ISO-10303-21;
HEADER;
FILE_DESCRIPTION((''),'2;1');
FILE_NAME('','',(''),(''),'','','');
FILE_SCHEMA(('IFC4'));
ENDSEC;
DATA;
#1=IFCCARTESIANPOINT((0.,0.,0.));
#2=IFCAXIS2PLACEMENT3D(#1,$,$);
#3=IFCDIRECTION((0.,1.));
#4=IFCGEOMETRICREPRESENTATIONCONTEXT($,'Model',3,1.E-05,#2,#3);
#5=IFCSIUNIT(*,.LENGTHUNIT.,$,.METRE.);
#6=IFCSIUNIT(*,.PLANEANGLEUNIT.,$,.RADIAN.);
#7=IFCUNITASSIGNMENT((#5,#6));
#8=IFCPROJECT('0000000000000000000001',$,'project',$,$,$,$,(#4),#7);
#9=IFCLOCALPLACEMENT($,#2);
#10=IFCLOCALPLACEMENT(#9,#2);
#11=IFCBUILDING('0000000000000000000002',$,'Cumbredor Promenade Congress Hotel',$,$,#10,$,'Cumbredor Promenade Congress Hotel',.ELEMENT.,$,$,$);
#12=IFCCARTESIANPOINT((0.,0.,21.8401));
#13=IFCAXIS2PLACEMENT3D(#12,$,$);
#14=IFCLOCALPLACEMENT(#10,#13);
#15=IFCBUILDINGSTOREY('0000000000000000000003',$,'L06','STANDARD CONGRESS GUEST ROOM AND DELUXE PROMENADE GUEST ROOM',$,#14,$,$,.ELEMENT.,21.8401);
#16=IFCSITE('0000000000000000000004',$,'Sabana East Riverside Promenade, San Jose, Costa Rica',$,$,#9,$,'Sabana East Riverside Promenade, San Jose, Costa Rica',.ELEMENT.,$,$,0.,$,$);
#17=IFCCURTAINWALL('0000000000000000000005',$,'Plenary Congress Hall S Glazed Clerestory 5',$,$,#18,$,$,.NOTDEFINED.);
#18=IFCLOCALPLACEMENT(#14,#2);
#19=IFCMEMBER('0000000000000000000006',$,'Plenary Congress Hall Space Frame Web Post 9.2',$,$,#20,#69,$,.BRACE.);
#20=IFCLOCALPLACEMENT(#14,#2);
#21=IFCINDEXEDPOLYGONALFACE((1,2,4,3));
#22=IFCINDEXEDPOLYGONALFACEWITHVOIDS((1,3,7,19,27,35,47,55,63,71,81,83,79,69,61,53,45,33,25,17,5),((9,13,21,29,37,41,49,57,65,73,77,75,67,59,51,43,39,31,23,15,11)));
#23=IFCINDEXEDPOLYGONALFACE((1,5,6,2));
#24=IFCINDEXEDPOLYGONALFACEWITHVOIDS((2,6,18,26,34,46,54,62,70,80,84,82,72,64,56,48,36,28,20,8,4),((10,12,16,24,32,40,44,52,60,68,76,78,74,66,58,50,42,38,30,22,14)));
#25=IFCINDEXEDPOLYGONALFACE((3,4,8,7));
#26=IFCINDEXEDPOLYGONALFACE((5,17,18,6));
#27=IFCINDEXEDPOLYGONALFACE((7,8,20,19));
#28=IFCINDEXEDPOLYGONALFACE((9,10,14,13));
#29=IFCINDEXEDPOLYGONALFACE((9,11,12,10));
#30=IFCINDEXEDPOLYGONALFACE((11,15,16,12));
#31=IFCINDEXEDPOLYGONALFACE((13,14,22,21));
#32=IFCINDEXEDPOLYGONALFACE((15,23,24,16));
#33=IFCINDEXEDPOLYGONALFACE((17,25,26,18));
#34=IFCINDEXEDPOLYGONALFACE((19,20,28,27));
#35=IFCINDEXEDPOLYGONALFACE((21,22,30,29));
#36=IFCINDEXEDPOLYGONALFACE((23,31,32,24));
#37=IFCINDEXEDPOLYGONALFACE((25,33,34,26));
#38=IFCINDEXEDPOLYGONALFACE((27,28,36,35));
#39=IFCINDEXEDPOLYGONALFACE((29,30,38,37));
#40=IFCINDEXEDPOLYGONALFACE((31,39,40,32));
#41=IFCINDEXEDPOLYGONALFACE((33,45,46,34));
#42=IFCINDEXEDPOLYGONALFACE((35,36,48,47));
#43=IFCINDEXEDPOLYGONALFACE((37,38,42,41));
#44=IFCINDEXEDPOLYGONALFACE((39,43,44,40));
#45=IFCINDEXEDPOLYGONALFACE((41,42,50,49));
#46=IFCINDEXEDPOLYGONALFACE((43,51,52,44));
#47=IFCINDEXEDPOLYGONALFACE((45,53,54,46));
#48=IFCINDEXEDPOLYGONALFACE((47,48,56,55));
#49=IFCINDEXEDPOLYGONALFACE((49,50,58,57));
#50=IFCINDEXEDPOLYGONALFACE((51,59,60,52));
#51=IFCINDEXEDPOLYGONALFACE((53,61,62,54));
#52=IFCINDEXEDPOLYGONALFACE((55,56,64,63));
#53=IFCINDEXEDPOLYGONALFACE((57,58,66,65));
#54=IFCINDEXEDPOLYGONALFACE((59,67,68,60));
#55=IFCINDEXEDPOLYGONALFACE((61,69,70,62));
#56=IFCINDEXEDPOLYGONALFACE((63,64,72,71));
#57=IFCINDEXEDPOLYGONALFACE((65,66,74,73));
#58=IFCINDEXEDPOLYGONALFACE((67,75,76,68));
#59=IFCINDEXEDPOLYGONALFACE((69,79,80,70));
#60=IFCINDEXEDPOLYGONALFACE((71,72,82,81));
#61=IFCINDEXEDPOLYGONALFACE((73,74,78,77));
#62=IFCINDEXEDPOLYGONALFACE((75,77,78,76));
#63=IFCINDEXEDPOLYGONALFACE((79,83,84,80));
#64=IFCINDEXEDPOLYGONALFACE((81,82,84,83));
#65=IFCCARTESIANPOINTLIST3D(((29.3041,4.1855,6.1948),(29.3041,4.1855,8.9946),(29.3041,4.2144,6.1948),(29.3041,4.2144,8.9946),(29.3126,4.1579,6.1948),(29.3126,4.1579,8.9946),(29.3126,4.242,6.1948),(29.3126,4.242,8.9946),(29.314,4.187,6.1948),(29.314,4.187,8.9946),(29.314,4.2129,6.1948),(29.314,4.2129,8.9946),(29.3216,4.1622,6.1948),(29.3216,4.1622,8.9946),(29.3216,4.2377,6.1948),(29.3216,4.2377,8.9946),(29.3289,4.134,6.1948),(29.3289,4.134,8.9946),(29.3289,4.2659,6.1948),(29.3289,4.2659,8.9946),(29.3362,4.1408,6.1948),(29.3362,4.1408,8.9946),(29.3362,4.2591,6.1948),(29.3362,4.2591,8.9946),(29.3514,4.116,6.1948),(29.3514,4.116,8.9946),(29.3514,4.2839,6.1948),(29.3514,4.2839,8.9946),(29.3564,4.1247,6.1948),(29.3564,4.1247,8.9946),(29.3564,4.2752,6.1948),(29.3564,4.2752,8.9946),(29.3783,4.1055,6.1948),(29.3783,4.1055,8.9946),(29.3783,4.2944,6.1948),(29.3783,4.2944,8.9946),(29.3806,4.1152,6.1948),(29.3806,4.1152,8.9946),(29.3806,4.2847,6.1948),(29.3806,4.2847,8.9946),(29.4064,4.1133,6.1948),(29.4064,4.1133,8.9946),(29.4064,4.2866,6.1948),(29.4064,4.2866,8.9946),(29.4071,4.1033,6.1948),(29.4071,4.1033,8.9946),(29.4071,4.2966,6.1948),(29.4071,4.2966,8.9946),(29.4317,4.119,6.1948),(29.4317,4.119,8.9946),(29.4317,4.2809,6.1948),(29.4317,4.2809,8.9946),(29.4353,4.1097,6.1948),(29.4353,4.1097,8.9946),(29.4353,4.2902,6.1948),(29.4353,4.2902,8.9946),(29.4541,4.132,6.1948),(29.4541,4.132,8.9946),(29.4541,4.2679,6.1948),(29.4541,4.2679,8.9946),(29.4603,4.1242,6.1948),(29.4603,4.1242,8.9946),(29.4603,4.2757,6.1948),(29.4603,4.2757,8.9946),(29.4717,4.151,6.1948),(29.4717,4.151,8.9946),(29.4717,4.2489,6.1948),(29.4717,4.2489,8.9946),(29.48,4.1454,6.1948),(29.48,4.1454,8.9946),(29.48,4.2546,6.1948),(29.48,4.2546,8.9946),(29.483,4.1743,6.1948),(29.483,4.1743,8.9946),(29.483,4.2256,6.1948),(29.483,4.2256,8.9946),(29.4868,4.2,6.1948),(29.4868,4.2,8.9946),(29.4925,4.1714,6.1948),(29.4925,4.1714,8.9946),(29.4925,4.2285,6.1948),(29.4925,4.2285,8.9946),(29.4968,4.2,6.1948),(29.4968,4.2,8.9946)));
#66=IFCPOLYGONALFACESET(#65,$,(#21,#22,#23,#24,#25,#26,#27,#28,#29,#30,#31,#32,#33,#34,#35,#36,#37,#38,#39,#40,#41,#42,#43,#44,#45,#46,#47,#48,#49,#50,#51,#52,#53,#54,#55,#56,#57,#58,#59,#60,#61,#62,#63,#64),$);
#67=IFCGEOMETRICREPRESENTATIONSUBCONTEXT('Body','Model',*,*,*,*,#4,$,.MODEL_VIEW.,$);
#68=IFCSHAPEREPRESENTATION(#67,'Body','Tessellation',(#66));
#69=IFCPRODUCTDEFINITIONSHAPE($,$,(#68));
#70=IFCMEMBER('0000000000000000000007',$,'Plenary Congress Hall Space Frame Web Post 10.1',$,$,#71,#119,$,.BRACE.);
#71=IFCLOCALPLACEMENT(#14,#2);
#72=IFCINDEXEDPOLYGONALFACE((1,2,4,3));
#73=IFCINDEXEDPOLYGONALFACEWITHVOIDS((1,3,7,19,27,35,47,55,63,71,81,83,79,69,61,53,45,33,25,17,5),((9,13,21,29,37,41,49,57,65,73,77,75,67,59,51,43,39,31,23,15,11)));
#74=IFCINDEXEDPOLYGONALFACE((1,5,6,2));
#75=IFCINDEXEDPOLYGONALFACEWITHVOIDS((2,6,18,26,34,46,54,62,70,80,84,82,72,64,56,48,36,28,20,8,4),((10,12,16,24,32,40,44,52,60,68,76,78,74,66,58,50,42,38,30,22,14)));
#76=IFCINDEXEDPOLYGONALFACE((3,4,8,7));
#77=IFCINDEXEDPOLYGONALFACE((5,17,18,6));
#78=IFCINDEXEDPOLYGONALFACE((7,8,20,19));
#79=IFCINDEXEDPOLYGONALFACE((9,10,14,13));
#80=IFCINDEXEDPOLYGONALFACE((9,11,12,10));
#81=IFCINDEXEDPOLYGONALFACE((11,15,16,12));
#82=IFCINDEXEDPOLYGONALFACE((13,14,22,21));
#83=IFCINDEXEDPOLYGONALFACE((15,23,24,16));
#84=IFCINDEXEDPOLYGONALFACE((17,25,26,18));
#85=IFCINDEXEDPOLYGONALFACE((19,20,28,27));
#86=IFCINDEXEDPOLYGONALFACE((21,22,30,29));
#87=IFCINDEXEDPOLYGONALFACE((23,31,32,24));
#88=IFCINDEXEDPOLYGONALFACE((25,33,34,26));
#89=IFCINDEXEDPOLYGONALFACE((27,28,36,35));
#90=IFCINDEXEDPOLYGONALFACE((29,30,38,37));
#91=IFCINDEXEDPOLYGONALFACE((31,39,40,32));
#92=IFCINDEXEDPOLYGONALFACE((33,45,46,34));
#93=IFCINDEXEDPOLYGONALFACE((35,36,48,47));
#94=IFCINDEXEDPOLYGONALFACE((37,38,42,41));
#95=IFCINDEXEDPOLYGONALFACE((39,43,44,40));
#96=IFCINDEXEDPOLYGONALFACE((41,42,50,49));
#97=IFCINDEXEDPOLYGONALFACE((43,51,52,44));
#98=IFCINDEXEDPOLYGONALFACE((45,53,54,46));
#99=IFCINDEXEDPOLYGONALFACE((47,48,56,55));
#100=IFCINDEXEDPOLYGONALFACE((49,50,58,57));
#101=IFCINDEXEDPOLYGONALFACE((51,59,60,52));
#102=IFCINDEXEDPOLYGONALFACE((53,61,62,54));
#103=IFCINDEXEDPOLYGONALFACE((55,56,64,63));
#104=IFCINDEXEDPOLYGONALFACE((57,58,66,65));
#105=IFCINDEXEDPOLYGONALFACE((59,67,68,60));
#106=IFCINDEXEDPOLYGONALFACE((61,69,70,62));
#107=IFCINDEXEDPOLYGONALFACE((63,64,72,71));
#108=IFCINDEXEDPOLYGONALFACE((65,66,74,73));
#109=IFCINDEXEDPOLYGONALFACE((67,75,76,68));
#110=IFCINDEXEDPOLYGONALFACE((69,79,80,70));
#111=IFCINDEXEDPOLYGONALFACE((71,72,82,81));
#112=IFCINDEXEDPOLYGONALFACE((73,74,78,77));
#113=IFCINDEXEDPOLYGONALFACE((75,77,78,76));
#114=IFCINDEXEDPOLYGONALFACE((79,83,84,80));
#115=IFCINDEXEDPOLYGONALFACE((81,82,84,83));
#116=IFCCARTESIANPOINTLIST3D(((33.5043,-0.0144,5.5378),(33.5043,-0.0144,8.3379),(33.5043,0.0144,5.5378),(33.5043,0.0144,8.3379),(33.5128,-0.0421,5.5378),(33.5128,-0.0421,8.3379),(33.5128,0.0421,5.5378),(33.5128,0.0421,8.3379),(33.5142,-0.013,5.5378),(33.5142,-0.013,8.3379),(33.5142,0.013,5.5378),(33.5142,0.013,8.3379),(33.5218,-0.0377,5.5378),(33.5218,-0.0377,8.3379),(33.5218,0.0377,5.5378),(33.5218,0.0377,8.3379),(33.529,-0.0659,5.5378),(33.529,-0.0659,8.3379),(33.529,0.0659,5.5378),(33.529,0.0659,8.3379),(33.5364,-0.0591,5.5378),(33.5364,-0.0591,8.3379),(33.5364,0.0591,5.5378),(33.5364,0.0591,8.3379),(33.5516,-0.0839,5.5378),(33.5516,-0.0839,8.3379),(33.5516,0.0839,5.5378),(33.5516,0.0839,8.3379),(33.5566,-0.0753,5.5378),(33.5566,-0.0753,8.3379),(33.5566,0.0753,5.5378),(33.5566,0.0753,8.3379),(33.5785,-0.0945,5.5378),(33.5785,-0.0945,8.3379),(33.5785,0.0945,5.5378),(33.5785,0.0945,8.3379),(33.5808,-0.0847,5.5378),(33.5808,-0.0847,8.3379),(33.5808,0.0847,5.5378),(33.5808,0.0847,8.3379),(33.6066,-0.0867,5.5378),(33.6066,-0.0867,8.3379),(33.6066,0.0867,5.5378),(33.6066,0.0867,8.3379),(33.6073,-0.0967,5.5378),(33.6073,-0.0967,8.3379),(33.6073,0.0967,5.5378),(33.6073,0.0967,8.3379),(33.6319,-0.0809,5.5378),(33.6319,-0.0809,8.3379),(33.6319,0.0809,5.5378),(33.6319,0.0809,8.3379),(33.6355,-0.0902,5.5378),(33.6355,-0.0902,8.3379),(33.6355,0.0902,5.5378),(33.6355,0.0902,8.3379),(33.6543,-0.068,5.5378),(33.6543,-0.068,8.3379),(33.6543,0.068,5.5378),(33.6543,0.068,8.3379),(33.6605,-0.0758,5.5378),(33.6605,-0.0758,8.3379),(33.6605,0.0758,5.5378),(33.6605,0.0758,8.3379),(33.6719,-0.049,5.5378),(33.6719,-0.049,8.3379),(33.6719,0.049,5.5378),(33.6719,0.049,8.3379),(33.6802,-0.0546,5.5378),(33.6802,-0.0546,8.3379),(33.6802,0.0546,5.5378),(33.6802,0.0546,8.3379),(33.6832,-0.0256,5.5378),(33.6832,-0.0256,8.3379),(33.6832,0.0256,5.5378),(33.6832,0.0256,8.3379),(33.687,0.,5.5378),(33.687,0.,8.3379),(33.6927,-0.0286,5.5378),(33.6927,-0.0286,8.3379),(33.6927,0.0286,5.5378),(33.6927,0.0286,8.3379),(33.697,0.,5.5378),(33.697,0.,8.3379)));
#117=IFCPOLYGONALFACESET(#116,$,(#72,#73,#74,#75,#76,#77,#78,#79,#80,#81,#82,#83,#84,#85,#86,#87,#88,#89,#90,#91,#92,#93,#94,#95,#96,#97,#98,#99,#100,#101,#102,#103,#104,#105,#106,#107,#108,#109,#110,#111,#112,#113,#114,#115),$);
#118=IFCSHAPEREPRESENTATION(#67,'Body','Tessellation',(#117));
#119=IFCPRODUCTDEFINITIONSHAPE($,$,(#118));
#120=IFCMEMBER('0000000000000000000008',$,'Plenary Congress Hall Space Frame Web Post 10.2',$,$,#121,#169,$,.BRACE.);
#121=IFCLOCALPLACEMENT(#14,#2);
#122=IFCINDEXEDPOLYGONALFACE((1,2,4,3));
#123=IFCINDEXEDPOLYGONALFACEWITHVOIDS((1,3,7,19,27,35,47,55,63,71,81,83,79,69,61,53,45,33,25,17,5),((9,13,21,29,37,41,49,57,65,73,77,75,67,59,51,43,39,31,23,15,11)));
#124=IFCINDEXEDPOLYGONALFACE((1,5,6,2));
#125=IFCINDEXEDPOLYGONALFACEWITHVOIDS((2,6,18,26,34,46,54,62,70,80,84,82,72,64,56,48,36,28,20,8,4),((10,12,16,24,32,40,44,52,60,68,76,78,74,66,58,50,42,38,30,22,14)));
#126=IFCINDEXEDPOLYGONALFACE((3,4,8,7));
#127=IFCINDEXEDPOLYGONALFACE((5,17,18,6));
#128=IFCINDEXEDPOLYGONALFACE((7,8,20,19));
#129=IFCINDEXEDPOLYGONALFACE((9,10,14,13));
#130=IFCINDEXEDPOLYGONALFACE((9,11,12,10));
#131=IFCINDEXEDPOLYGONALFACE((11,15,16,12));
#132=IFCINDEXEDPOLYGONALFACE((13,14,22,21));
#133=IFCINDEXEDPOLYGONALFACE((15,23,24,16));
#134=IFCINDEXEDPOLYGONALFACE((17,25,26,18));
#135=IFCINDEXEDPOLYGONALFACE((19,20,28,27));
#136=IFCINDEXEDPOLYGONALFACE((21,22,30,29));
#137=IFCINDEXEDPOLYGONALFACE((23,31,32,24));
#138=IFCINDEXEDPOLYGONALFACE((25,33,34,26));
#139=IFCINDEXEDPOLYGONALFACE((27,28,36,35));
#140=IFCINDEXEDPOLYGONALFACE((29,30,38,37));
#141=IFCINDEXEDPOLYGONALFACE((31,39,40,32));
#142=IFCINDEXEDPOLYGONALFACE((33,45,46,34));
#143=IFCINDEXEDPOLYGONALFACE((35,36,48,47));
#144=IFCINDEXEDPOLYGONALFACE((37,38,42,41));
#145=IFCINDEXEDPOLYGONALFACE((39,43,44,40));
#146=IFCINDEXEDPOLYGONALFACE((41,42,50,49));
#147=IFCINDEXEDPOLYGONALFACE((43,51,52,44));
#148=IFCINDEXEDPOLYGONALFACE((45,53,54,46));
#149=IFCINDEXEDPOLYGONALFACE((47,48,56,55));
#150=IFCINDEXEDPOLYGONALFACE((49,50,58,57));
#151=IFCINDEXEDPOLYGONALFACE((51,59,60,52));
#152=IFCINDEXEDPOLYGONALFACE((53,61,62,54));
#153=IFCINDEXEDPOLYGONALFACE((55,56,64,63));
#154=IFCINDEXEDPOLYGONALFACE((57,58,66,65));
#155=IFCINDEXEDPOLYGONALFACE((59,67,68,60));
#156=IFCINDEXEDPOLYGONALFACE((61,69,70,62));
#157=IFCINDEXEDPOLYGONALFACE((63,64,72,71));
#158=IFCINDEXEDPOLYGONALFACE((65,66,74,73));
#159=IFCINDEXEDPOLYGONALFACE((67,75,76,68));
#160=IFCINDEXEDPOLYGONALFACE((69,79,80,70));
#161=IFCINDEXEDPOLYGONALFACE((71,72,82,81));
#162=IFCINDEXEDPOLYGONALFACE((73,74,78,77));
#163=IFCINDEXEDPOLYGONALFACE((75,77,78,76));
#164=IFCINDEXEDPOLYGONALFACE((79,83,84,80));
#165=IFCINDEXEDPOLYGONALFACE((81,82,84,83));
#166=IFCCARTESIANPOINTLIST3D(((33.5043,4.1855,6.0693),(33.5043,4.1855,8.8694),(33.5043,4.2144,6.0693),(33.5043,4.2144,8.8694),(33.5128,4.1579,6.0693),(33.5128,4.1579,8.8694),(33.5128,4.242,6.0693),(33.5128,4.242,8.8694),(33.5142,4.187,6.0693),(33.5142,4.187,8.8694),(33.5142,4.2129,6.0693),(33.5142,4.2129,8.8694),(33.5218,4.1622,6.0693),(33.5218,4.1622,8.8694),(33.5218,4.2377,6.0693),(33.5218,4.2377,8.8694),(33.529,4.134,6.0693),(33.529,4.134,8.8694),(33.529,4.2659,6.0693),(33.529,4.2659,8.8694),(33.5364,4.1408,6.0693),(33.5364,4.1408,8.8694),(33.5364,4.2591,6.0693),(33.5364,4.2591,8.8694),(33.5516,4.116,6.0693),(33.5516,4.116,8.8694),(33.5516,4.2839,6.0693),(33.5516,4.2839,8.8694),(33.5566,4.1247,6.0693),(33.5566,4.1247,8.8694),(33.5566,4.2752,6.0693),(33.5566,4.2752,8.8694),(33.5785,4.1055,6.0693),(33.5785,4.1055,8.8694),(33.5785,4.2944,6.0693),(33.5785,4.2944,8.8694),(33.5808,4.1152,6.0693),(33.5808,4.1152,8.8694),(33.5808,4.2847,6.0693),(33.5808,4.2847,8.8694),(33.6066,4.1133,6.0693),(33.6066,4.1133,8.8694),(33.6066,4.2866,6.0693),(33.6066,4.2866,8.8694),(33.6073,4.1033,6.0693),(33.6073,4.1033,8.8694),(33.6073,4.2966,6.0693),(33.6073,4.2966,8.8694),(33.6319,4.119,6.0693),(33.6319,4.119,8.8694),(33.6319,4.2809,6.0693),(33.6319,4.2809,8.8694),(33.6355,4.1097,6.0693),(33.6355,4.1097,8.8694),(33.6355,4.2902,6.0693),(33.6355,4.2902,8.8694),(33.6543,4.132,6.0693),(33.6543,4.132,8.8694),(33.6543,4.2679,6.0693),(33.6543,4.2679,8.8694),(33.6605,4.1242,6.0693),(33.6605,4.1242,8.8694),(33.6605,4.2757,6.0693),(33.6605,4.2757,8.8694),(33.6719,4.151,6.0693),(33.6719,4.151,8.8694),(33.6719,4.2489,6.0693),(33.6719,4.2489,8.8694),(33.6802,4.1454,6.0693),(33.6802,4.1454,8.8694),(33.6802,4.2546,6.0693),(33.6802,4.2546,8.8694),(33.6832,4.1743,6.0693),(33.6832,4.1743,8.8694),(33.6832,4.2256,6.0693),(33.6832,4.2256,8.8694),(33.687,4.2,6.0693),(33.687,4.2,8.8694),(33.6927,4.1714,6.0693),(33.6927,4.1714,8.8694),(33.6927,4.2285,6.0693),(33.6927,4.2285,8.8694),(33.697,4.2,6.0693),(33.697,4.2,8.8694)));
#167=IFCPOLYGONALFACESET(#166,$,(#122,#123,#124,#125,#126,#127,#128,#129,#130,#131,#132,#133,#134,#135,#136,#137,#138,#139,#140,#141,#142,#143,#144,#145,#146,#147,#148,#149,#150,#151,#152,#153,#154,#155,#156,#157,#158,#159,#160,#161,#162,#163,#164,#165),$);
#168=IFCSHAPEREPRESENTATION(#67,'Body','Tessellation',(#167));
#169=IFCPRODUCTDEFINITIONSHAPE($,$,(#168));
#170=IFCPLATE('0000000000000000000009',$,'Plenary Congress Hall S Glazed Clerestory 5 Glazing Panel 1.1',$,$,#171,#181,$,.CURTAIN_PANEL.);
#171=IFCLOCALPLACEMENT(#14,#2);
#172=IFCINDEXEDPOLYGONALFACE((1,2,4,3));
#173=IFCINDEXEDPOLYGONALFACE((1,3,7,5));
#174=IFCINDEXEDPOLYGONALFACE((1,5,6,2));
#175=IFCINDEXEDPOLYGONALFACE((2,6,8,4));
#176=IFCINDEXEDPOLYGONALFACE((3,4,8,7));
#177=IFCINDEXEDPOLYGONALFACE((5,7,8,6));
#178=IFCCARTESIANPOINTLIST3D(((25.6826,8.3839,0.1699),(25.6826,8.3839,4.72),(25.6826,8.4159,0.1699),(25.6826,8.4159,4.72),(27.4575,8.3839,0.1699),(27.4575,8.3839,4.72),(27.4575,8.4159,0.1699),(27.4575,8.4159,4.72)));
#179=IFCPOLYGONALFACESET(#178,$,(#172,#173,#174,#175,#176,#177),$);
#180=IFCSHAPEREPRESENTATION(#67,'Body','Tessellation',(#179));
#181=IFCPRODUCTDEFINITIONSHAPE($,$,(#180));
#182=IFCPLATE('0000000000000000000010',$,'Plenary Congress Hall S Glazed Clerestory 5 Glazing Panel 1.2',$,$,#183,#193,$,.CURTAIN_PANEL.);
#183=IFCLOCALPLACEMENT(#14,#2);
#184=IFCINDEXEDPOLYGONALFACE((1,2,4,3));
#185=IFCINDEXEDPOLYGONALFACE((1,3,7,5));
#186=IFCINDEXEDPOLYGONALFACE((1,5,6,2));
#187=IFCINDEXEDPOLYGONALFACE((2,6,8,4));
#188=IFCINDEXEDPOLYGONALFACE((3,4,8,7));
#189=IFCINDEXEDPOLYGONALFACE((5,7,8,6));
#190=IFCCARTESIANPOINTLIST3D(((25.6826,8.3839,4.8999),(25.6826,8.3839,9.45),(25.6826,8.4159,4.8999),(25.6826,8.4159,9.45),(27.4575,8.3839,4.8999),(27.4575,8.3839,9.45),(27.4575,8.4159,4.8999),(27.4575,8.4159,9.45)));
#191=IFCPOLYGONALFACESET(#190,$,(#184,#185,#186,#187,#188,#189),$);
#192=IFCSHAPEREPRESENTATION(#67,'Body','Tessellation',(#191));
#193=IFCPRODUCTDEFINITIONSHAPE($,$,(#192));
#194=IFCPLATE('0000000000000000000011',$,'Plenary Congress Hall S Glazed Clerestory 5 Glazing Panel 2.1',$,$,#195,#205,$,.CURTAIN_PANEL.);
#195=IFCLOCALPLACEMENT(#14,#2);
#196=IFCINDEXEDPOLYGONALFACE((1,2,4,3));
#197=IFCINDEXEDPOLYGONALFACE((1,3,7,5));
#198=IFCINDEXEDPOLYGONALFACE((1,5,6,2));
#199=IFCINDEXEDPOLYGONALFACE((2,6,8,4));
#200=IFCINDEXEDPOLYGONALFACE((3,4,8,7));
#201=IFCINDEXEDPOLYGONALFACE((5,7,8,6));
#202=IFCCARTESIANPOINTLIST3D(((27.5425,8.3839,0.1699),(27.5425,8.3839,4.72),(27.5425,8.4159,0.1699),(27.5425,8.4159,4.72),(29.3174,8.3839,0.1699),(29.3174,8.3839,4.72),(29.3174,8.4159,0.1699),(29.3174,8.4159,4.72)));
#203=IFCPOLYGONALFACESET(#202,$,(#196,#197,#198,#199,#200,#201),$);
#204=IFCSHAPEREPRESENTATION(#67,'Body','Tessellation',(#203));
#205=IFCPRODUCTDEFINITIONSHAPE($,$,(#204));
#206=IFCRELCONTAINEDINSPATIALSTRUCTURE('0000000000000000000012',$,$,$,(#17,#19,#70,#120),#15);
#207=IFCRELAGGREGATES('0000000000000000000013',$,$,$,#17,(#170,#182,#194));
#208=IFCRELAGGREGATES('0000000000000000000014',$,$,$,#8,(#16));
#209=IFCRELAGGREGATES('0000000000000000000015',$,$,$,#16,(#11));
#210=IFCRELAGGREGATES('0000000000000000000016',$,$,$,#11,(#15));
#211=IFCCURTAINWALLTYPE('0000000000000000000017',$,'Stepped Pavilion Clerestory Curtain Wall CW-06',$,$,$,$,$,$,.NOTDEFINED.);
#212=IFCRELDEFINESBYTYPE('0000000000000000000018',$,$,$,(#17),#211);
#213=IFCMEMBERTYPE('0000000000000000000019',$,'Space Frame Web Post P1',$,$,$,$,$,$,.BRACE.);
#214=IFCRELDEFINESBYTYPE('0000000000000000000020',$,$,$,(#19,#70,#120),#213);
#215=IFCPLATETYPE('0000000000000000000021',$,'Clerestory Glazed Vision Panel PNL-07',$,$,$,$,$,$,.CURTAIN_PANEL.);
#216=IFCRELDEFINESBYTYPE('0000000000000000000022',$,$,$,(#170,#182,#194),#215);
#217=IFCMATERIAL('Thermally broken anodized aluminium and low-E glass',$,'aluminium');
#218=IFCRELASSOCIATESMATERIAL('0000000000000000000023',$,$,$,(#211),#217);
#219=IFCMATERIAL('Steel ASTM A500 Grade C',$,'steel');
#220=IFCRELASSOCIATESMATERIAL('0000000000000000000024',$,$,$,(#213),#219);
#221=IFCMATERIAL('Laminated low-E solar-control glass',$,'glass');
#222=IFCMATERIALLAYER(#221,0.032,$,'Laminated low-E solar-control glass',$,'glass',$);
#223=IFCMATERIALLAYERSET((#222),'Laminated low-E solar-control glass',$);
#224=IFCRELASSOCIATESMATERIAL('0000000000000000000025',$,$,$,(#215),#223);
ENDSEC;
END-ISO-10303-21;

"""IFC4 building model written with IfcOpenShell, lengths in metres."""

from ifc_helpers import new_model, si_unit, direction, frame, origin, origin_2d, place, context, subcontext, project, spatial, rectangle, hollow_circle, extrude, material, layer, layer_set, material_profile, profile_set, type_object, element, aggregate, save


model = new_model("IFC4")

# Units and contexts
model_context = context("Model", 3, precision=1e-05, world=origin(), true_north=direction((0.0, 1.0)))
body_context = subcontext(model_context, "Body", "Model", "MODEL_VIEW")
ifc_project = project(units=[si_unit("LENGTHUNIT", "METRE"), si_unit("PLANEANGLEUNIT", "RADIAN")], contexts=[model_context])

# Site, building, storey
site_placement = place(None, origin())
site = spatial("IfcSite", under=ifc_project, at=site_placement, Name="Sabana East Riverside Promenade, San Jose, Costa Rica", LongName="Sabana East Riverside Promenade, San Jose, Costa Rica", CompositionType="ELEMENT", RefElevation=0.0)
building_placement = place(site_placement, origin())
building = spatial("IfcBuilding", under=site, at=building_placement, Name="Cumbredor Promenade Congress Hotel", LongName="Cumbredor Promenade Congress Hotel", CompositionType="ELEMENT")
storey_placement = place(building_placement, frame((0.0, 0.0, 21.8401)))
storey = spatial("IfcBuildingStorey", under=building, at=storey_placement, Name="L06", Description="STANDARD CONGRESS GUEST ROOM AND DELUXE PROMENADE GUEST ROOM", CompositionType="ELEMENT", Elevation=21.8401)

# Curtain wall
ifc_material_1 = material(Name="Thermally broken anodized aluminium and low-E glass", Category="aluminium")
curtain_wall_type = type_object("IfcCurtainWallType", Name="Stepped Pavilion Clerestory Curtain Wall CW-06", PredefinedType="NOTDEFINED", material=ifc_material_1)
curtain_wall_placement = place(storey_placement, origin())
curtain_wall = element("IfcCurtainWall", 1, at=curtain_wall_placement, inside=storey, type_object=curtain_wall_type, Name="Plenary Congress Hall S Glazed Clerestory 5", PredefinedType="NOTDEFINED")

# Members
ifc_material_2 = material(Name="Steel ASTM A500 Grade C", Category="steel")
ifc_material_profile_1 = material_profile(ifc_material_2, hollow_circle(Radius=0.0969, WallThickness=0.01, at=origin_2d()), Name="CHS 193.7x10")
ifc_profile_set_1 = profile_set([ifc_material_profile_1], Name="Steel ASTM A500 Grade C")
member_type_1 = type_object("IfcMemberType", Name="Space Frame Web Post P1", PredefinedType="BRACE", material=ifc_profile_set_1)
member_1_placement = place(storey_placement, frame((29.3999, 4.2, 6.1948), z_axis=(0.0, 0.0, 1.0), x_axis=(1.0, 0.0, 0.0)))
element("IfcMember", 2, at=member_1_placement, inside=storey, type_object=member_type_1, Name="Plenary Congress Hall Space Frame Web Post 9.2", PredefinedType="BRACE", context=body_context, shape_type="SweptSolid", body=[
    extrude(hollow_circle(Radius=0.0969, WallThickness=0.01, at=origin_2d()), origin(), (0.0, 0.0, 1.0), 2.7998),
])
for number, where, z_axis, x_axis, name in (
    (3, (33.6001, 0.0, 5.5378), (0.0, 0.0, 1.0), (1.0, 0.0, 0.0), "Plenary Congress Hall Space Frame Web Post 10.1"),
    (4, (33.6001, 4.2, 6.0693), (0.0, 0.0, 1.0), (1.0, 0.0, 0.0), "Plenary Congress Hall Space Frame Web Post 10.2"),
):
    element("IfcMember", number, at=place(storey_placement, frame(where, z_axis=z_axis, x_axis=x_axis)), inside=storey, type_object=member_type_1, Name=name, PredefinedType="BRACE", context=body_context, shape_type="SweptSolid", body=[
        extrude(hollow_circle(Radius=0.0969, WallThickness=0.01, at=origin_2d()), origin(), (0.0, 0.0, 1.0), 2.8),
    ])

# Plates
ifc_material_3 = material(Name="Laminated low-E solar-control glass", Category="glass")
ifc_layer_1 = layer(ifc_material_3, 0.032, Name="Laminated low-E solar-control glass", Category="glass")
ifc_layer_set_1 = layer_set([ifc_layer_1], Name="Laminated low-E solar-control glass")
plate_type_1 = type_object("IfcPlateType", Name="Clerestory Glazed Vision Panel PNL-07", PredefinedType="CURTAIN_PANEL", material=ifc_layer_set_1)
plate_1_placement = place(storey_placement, frame((26.5701, 8.3999, 0.1699), z_axis=(0.0, 0.0, 1.0), x_axis=(1.0, 0.0, 0.0)))
plate_1 = element("IfcPlate", 5, at=plate_1_placement, type_object=plate_type_1, Name="Plenary Congress Hall S Glazed Clerestory 5 Glazing Panel 1.1", PredefinedType="CURTAIN_PANEL", context=body_context, shape_type="SweptSolid", body=[
    extrude(rectangle(XDim=1.7749, YDim=0.032, at=origin_2d()), origin(), (0.0, 0.0, 1.0), 4.55),
])
plate_2_placement = place(storey_placement, frame((26.5701, 8.3999, 4.8999), z_axis=(0.0, 0.0, 1.0), x_axis=(1.0, 0.0, 0.0)))
plate_2 = element("IfcPlate", 6, at=plate_2_placement, type_object=plate_type_1, Name="Plenary Congress Hall S Glazed Clerestory 5 Glazing Panel 1.2", PredefinedType="CURTAIN_PANEL", context=body_context, shape_type="SweptSolid", body=[
    extrude(rectangle(XDim=1.7749, YDim=0.032, at=origin_2d()), origin(), (0.0, 0.0, 1.0), 4.55),
])
plate_3_placement = place(storey_placement, frame((28.4299, 8.3999, 0.1699), z_axis=(0.0, 0.0, 1.0), x_axis=(1.0, 0.0, 0.0)))
plate_3 = element("IfcPlate", 7, at=plate_3_placement, type_object=plate_type_1, Name="Plenary Congress Hall S Glazed Clerestory 5 Glazing Panel 2.1", PredefinedType="CURTAIN_PANEL", context=body_context, shape_type="SweptSolid", body=[
    extrude(rectangle(XDim=1.7749, YDim=0.032, at=origin_2d()), origin(), (0.0, 0.0, 1.0), 4.55),
])
aggregate(curtain_wall, [plate_1, plate_2, plate_3])

save(model, "model.ifc")
